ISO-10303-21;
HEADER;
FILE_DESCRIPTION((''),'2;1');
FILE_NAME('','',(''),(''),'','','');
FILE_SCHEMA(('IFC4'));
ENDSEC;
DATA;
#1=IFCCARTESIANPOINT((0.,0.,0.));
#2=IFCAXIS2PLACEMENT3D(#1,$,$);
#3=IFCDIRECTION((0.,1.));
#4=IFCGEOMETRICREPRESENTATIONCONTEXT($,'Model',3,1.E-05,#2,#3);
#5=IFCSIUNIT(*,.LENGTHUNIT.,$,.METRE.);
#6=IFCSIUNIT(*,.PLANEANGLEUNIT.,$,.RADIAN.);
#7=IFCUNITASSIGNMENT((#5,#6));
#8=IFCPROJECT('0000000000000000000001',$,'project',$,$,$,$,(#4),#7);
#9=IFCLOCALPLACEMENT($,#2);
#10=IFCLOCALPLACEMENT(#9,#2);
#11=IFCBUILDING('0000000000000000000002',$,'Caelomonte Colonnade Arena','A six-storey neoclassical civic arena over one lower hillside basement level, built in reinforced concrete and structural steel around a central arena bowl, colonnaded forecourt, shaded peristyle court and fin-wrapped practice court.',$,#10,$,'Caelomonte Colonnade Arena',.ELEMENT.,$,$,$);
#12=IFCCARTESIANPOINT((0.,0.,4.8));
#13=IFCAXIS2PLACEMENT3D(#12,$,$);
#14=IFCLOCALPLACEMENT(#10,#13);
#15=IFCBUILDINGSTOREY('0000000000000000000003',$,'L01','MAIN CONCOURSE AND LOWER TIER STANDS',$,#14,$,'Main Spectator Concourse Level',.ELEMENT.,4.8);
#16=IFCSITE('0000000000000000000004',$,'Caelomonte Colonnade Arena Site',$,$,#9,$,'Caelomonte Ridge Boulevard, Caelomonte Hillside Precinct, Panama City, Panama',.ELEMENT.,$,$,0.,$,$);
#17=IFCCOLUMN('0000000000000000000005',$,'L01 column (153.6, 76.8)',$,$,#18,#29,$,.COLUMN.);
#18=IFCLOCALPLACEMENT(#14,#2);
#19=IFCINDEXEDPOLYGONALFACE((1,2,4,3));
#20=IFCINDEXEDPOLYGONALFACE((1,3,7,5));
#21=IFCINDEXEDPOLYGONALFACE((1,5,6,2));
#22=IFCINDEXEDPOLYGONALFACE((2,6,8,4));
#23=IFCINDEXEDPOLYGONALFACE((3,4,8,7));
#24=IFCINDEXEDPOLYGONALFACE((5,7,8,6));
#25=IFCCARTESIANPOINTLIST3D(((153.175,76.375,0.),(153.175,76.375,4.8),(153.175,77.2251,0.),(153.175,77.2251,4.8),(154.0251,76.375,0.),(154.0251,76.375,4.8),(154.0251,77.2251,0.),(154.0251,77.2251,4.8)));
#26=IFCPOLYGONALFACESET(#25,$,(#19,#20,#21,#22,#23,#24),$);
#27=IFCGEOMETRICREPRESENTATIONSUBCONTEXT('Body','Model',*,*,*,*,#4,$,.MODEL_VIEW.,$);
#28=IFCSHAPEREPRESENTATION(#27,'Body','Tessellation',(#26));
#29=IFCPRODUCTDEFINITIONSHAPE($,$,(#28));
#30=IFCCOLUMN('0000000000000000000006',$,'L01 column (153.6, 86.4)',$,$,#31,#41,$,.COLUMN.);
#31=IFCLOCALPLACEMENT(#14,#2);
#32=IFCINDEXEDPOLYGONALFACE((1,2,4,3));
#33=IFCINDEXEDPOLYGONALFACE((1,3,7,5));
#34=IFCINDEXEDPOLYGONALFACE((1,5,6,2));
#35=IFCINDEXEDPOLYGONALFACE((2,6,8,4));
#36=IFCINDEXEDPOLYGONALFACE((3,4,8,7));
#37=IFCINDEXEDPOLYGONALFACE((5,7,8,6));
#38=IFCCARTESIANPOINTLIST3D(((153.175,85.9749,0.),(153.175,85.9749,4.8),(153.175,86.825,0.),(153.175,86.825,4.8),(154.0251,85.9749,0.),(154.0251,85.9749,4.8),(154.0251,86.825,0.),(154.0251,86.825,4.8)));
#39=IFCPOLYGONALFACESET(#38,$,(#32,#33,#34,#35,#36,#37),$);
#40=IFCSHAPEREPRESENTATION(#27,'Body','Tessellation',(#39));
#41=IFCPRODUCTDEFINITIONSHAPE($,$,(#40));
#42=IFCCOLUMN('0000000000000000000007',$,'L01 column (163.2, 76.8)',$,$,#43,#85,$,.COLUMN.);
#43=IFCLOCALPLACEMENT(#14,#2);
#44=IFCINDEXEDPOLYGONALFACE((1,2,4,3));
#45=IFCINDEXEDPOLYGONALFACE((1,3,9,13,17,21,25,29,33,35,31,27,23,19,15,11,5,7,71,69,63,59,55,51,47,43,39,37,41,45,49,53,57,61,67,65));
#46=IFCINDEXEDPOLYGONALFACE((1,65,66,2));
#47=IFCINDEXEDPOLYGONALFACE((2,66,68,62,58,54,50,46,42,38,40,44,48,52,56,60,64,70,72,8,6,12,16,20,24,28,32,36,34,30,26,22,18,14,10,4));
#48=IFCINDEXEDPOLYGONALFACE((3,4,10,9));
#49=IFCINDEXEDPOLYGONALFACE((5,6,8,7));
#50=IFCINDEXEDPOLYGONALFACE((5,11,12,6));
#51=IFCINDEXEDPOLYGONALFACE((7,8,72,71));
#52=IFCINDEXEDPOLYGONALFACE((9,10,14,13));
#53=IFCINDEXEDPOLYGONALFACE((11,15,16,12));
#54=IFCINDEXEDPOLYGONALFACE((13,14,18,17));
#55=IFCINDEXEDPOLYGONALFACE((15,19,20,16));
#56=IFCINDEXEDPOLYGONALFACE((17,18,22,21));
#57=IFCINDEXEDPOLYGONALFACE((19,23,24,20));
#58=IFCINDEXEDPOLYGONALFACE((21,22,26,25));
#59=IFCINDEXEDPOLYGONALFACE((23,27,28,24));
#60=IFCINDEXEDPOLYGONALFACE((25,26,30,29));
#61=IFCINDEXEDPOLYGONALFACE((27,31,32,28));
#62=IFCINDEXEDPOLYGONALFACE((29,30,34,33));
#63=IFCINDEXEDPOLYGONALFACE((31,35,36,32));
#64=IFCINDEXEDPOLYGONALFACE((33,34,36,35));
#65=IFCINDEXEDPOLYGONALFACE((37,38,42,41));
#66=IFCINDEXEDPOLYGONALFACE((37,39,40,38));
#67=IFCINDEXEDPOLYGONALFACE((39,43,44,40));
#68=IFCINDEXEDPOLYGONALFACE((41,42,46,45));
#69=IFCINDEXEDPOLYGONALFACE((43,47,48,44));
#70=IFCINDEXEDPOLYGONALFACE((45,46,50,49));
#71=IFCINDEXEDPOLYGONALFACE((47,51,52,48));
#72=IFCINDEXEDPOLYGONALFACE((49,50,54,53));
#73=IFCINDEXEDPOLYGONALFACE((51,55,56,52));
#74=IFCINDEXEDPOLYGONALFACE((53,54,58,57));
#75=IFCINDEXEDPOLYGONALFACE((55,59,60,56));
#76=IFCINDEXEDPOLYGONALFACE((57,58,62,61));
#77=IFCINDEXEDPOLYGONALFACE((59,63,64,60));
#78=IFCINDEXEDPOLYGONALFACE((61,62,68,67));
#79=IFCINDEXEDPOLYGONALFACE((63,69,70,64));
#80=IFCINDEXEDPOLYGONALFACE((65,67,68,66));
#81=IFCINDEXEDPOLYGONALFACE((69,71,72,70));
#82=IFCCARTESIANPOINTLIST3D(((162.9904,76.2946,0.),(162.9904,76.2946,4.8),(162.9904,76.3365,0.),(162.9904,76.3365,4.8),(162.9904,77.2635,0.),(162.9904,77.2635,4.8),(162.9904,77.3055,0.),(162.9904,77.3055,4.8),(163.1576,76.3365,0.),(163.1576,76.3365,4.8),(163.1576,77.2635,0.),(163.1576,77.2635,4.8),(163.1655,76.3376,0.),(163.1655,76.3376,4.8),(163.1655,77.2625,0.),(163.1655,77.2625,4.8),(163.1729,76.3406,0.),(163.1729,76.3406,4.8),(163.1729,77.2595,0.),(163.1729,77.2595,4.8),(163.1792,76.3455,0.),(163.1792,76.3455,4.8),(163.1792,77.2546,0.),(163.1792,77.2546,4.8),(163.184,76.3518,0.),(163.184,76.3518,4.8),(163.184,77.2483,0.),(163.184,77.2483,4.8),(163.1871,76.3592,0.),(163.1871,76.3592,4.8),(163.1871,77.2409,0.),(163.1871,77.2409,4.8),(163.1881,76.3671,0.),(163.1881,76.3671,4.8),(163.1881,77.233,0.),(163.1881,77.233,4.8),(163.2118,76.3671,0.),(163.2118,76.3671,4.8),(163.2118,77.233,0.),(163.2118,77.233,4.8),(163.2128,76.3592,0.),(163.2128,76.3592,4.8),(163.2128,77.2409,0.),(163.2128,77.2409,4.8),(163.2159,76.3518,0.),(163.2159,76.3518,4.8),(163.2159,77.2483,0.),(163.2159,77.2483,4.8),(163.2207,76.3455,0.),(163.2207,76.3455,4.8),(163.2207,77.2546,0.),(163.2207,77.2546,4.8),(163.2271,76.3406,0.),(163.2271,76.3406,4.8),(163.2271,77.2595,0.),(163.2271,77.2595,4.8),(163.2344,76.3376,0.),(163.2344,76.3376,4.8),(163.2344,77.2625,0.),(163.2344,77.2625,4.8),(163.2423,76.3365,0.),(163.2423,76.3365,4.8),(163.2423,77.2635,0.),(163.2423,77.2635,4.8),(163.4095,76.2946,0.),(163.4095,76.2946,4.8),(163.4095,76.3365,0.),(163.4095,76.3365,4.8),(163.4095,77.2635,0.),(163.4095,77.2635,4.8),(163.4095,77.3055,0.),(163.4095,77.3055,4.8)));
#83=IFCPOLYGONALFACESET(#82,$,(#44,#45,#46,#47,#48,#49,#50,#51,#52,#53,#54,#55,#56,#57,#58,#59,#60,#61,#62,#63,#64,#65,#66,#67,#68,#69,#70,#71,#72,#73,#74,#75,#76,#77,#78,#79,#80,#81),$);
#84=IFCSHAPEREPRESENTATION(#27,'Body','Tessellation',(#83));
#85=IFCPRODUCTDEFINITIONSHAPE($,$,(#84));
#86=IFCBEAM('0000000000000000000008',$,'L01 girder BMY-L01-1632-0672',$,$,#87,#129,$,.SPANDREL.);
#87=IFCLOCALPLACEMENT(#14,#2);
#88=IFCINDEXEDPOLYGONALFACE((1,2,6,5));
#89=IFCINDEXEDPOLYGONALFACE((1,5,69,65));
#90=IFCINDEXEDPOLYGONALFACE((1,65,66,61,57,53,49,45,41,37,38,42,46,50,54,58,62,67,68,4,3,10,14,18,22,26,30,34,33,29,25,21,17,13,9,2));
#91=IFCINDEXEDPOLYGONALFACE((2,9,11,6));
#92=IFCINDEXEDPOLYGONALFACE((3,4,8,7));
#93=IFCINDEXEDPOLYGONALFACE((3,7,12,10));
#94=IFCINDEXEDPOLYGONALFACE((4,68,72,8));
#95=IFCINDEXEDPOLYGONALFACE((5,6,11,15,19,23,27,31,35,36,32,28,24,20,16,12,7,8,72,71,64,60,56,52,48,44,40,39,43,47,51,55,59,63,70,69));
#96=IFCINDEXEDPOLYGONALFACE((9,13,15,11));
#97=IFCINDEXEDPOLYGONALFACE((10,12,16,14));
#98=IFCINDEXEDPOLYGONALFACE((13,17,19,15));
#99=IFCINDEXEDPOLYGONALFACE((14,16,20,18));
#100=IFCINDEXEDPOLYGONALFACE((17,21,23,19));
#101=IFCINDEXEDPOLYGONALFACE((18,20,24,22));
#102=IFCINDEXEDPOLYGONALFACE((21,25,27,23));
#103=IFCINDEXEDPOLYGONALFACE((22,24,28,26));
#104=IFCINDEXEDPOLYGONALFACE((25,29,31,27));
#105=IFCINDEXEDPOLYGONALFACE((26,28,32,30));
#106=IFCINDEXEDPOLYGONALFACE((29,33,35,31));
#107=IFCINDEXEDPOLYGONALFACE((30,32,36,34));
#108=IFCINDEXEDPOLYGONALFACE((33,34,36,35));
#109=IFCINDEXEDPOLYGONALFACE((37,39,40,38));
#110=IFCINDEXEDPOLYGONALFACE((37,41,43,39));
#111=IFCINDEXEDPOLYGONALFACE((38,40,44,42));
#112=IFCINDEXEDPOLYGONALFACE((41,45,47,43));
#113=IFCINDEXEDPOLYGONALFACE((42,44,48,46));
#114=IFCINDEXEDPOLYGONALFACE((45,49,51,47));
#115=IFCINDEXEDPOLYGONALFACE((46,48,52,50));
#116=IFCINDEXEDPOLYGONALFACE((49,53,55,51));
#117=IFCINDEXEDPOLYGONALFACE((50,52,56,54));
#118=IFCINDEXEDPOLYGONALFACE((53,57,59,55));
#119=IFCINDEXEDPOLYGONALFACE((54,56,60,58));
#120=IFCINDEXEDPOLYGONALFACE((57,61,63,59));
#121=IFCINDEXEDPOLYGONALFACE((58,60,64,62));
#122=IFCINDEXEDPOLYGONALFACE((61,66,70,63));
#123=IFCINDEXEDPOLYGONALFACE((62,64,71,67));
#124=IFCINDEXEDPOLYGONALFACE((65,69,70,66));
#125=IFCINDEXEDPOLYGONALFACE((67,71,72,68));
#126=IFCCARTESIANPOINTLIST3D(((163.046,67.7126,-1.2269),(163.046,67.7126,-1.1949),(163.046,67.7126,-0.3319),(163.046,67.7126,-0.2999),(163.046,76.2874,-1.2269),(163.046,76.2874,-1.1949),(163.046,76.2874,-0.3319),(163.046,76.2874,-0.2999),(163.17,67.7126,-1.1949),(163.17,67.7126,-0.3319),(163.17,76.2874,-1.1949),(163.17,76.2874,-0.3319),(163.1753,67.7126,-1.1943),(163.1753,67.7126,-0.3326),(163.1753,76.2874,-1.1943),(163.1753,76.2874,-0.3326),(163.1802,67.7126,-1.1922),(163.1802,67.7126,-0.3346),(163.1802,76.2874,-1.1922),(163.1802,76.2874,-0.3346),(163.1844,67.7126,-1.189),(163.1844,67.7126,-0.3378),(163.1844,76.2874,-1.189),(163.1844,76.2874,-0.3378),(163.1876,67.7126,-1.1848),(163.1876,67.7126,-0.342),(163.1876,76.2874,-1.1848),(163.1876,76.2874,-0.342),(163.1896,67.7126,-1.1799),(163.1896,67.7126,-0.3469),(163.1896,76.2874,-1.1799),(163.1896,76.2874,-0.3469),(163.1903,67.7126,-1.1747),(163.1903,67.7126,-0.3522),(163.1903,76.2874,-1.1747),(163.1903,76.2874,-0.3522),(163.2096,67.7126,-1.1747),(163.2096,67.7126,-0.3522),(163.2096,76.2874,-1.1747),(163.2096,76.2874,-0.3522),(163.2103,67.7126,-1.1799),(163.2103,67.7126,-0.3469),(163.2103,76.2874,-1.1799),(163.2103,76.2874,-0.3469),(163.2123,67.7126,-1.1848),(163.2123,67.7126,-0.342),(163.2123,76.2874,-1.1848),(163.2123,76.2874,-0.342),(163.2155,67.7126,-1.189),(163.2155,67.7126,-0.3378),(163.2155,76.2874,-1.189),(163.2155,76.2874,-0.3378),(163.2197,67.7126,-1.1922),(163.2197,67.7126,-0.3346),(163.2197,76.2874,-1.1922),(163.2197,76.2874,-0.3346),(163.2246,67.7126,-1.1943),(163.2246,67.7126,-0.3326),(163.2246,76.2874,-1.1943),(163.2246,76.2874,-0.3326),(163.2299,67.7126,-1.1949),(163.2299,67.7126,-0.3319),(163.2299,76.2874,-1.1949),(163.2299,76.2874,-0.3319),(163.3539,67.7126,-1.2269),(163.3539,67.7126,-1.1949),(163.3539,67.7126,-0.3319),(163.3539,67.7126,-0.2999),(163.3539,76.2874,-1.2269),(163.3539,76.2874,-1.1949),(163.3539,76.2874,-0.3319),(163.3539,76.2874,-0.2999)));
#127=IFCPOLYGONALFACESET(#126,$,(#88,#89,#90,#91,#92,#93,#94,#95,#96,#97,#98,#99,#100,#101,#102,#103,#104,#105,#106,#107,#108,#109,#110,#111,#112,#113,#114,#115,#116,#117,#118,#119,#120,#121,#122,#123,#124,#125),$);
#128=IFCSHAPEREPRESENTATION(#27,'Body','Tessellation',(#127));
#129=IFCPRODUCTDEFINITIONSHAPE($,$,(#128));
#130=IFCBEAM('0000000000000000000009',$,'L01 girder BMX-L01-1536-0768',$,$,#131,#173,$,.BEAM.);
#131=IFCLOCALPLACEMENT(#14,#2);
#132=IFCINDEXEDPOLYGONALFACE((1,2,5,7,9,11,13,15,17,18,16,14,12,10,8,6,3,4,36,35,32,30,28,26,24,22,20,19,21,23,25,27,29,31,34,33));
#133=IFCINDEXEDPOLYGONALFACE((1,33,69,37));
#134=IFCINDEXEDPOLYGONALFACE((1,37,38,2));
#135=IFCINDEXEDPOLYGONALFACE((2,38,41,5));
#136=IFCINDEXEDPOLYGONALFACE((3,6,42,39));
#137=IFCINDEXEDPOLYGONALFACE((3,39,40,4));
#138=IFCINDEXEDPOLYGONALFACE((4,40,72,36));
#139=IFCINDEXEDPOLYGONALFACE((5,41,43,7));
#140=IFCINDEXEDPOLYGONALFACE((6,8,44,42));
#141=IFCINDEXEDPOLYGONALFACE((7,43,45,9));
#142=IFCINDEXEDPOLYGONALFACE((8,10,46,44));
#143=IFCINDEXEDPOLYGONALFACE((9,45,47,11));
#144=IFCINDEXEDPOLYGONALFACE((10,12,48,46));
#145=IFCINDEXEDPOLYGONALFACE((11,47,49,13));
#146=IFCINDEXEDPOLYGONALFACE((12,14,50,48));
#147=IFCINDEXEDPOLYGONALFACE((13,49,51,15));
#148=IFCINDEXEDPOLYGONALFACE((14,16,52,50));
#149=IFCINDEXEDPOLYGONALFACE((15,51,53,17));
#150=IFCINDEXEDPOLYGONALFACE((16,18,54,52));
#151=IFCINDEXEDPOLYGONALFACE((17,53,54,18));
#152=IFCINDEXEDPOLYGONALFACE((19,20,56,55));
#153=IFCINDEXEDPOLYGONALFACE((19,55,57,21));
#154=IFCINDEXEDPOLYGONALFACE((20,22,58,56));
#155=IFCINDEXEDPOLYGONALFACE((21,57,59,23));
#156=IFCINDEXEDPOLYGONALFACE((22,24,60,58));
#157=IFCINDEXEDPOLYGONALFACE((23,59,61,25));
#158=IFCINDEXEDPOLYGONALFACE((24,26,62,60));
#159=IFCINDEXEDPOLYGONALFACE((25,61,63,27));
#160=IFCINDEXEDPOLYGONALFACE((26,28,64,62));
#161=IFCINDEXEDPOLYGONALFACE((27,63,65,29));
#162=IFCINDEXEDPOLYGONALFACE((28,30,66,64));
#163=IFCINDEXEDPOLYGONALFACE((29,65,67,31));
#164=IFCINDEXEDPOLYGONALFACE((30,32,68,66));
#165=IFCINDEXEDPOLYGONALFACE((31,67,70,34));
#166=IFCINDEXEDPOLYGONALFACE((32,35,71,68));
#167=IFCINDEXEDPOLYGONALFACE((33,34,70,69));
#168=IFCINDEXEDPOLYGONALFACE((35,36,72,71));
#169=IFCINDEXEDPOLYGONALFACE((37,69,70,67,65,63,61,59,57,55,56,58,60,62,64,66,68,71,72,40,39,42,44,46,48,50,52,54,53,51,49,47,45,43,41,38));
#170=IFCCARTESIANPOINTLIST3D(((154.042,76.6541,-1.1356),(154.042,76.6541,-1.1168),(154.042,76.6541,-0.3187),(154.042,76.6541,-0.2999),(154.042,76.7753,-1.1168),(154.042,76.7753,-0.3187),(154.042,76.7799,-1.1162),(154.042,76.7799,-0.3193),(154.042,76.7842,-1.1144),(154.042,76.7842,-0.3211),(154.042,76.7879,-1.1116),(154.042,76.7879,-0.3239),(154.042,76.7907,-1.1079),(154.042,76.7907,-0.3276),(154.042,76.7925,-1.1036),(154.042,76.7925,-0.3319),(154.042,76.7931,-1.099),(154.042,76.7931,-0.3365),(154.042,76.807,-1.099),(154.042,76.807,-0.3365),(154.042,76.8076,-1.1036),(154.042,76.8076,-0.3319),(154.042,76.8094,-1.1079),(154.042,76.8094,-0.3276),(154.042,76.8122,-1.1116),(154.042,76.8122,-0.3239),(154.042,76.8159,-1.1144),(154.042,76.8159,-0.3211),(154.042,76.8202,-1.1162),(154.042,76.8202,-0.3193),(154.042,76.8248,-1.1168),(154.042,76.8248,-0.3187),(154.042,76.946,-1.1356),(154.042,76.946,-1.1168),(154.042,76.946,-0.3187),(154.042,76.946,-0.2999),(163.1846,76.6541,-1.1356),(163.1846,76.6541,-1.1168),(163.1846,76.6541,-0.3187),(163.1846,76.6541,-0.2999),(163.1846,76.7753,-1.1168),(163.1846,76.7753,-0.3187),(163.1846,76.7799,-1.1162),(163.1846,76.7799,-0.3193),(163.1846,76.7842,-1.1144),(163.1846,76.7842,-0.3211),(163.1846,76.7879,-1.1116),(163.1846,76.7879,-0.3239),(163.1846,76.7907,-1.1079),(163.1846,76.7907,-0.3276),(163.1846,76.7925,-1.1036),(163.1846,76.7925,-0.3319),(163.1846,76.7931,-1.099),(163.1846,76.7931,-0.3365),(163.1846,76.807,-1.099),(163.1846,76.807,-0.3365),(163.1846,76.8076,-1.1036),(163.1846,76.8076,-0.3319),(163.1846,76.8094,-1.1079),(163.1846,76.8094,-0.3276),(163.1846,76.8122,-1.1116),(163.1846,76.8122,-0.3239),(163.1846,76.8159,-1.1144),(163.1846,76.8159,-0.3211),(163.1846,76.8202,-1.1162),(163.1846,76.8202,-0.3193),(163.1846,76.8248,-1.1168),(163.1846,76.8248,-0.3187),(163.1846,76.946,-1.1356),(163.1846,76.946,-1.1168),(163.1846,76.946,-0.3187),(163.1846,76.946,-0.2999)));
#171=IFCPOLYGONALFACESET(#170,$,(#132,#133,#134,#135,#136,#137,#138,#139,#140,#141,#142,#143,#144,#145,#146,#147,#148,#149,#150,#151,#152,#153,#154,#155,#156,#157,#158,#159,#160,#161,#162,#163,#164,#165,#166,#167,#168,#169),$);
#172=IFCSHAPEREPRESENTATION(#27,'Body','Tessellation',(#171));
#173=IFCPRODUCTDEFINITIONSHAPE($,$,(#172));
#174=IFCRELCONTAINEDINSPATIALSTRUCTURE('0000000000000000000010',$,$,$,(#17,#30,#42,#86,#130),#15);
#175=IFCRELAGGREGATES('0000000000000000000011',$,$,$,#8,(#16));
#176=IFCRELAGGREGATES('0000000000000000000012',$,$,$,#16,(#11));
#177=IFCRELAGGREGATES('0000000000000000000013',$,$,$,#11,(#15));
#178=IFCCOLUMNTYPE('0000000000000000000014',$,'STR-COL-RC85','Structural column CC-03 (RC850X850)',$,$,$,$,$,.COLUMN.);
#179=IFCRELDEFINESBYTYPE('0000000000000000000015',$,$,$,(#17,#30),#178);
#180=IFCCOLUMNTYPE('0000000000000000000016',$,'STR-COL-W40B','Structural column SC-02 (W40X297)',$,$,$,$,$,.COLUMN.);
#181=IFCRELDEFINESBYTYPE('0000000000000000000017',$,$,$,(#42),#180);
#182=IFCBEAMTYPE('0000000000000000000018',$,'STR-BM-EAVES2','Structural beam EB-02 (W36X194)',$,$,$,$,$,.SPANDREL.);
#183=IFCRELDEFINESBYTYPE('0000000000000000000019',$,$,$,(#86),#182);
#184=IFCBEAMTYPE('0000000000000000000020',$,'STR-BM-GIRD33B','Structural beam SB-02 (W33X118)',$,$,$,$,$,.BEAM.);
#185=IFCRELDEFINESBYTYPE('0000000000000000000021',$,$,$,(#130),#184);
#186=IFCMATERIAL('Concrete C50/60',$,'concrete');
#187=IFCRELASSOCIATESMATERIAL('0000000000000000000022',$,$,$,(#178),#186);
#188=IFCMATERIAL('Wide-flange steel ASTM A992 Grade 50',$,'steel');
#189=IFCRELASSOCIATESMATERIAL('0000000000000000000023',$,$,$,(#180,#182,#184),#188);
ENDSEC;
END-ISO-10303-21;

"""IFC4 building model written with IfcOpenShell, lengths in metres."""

from ifc_helpers import new_model, si_unit, direction, frame, origin, origin_2d, place, context, subcontext, project, spatial, rectangle, i_section, extrude, material, material_profile, profile_set, type_object, element, save


model = new_model("IFC4")

# Units and contexts
model_context = context("Model", 3, precision=1e-05, world=origin(), true_north=direction((0.0, 1.0)))
body_context = subcontext(model_context, "Body", "Model", "MODEL_VIEW")
ifc_project = project(units=[si_unit("LENGTHUNIT", "METRE"), si_unit("PLANEANGLEUNIT", "RADIAN")], contexts=[model_context])

# Site, building, storey
site_placement = place(None, origin())
site = spatial("IfcSite", under=ifc_project, at=site_placement, Name="Caelomonte Colonnade Arena Site", LongName="Caelomonte Ridge Boulevard, Caelomonte Hillside Precinct, Panama City, Panama", CompositionType="ELEMENT", RefElevation=0.0)
building_placement = place(site_placement, origin())
building = spatial("IfcBuilding", under=site, at=building_placement, Name="Caelomonte Colonnade Arena", Description="A six-storey neoclassical civic arena over one lower hillside basement level, built in reinforced concrete and structural steel around a central arena bowl, colonnaded forecourt, shaded peristyle court and fin-wrapped practice court.", LongName="Caelomonte Colonnade Arena", CompositionType="ELEMENT")
storey_placement = place(building_placement, frame((0.0, 0.0, 4.8)))
storey = spatial("IfcBuildingStorey", under=building, at=storey_placement, Name="L01", Description="MAIN CONCOURSE AND LOWER TIER STANDS", LongName="Main Spectator Concourse Level", CompositionType="ELEMENT", Elevation=4.8)

# Columns
ifc_material_1 = material(Name="Concrete C50/60", Category="concrete")
ifc_material_profile_1 = material_profile(ifc_material_1, rectangle(XDim=0.8501, YDim=0.8501, at=origin_2d()), Name="RC850X850")
ifc_profile_set_1 = profile_set([ifc_material_profile_1], Name="Concrete C50/60")
column_type_1 = type_object("IfcColumnType", Name="STR-COL-RC85", Description="Structural column CC-03 (RC850X850)", PredefinedType="COLUMN", material=ifc_profile_set_1)
for number, where, z_axis, x_axis, name in (
    (1, (153.6001, 76.8, 0.0), (0.0, 0.0, 1.0), (1.0, 0.0, 0.0), "L01 column (153.6, 76.8)"),
    (2, (153.6001, 86.3999, 0.0), (0.0, 0.0, 1.0), (1.0, 0.0, 0.0), "L01 column (153.6, 86.4)"),
):
    element("IfcColumn", number, at=place(storey_placement, frame(where, z_axis=z_axis, x_axis=x_axis)), inside=storey, type_object=column_type_1, Name=name, PredefinedType="COLUMN", context=body_context, shape_type="SweptSolid", body=[
        extrude(rectangle(XDim=0.8501, YDim=0.8501, at=origin_2d()), origin(), (0.0, 0.0, 1.0), 4.8),
    ])
ifc_material_2 = material(Name="Wide-flange steel ASTM A992 Grade 50", Category="steel")
ifc_material_profile_2 = material_profile(ifc_material_2, i_section(OverallWidth=0.4192, OverallDepth=1.011, WebThickness=0.0237, FlangeThickness=0.042, FilletRadius=0.0305, at=origin_2d()), Name="W40X297")
ifc_profile_set_2 = profile_set([ifc_material_profile_2], Name="Wide-flange steel ASTM A992 Grade 50")
column_type_2 = type_object("IfcColumnType", Name="STR-COL-W40B", Description="Structural column SC-02 (W40X297)", PredefinedType="COLUMN", material=ifc_profile_set_2)
column_placement = place(storey_placement, frame((163.2, 76.8, 0.0), z_axis=(0.0, 0.0, 1.0), x_axis=(1.0, 0.0, 0.0)))
element("IfcColumn", 3, at=column_placement, inside=storey, type_object=column_type_2, Name="L01 column (163.2, 76.8)", PredefinedType="COLUMN", context=body_context, shape_type="SweptSolid", body=[
    extrude(i_section(OverallWidth=0.4192, OverallDepth=1.011, WebThickness=0.0237, FlangeThickness=0.042, FilletRadius=0.0305, at=origin_2d()), origin(), (0.0, 0.0, 1.0), 4.8),
])

# Beams
ifc_material_profile_3 = material_profile(ifc_material_2, i_section(OverallWidth=0.3079, OverallDepth=0.927, WebThickness=0.0193, FlangeThickness=0.032, FilletRadius=0.0203, at=origin_2d()), Name="W36X194")
ifc_profile_set_3 = profile_set([ifc_material_profile_3], Name="Wide-flange steel ASTM A992 Grade 50")
beam_type_1 = type_object("IfcBeamType", Name="STR-BM-EAVES2", Description="Structural beam EB-02 (W36X194)", PredefinedType="SPANDREL", material=ifc_profile_set_3)
beam_1_placement = place(storey_placement, frame((163.2, 67.7126, -0.7634), z_axis=(0.0, 1.0, 0.0), x_axis=(-1.0, 0.0, 0.0)))
element("IfcBeam", 4, at=beam_1_placement, inside=storey, type_object=beam_type_1, Name="L01 girder BMY-L01-1632-0672", PredefinedType="SPANDREL", context=body_context, shape_type="SweptSolid", body=[
    extrude(i_section(OverallWidth=0.3079, OverallDepth=0.927, WebThickness=0.0193, FlangeThickness=0.032, FilletRadius=0.0203, at=origin_2d()), origin(), (0.0, 0.0, 1.0), 8.5747),
])
ifc_material_profile_4 = material_profile(ifc_material_2, i_section(OverallWidth=0.292, OverallDepth=0.8357, WebThickness=0.0139, FlangeThickness=0.0188, FilletRadius=0.0178, at=origin_2d()), Name="W33X118")
ifc_profile_set_4 = profile_set([ifc_material_profile_4], Name="Wide-flange steel ASTM A992 Grade 50")
beam_type_2 = type_object("IfcBeamType", Name="STR-BM-GIRD33B", Description="Structural beam SB-02 (W33X118)", PredefinedType="BEAM", material=ifc_profile_set_4)
for number, where, z_axis, x_axis, name in (
    (5, (154.042, 76.8, -0.7178), (1.0, 0.0, 0.0), (0.0, 1.0, 0.0), "L01 girder BMX-L01-1536-0768"),
):
    element("IfcBeam", number, at=place(storey_placement, frame(where, z_axis=z_axis, x_axis=x_axis)), inside=storey, type_object=beam_type_2, Name=name, PredefinedType="BEAM", context=body_context, shape_type="SweptSolid", body=[
        extrude(i_section(OverallWidth=0.292, OverallDepth=0.8357, WebThickness=0.0139, FlangeThickness=0.0188, FilletRadius=0.0178, at=origin_2d()), origin(), (0.0, 0.0, 1.0), 9.1426),
    ])

save(model, "model.ifc")
